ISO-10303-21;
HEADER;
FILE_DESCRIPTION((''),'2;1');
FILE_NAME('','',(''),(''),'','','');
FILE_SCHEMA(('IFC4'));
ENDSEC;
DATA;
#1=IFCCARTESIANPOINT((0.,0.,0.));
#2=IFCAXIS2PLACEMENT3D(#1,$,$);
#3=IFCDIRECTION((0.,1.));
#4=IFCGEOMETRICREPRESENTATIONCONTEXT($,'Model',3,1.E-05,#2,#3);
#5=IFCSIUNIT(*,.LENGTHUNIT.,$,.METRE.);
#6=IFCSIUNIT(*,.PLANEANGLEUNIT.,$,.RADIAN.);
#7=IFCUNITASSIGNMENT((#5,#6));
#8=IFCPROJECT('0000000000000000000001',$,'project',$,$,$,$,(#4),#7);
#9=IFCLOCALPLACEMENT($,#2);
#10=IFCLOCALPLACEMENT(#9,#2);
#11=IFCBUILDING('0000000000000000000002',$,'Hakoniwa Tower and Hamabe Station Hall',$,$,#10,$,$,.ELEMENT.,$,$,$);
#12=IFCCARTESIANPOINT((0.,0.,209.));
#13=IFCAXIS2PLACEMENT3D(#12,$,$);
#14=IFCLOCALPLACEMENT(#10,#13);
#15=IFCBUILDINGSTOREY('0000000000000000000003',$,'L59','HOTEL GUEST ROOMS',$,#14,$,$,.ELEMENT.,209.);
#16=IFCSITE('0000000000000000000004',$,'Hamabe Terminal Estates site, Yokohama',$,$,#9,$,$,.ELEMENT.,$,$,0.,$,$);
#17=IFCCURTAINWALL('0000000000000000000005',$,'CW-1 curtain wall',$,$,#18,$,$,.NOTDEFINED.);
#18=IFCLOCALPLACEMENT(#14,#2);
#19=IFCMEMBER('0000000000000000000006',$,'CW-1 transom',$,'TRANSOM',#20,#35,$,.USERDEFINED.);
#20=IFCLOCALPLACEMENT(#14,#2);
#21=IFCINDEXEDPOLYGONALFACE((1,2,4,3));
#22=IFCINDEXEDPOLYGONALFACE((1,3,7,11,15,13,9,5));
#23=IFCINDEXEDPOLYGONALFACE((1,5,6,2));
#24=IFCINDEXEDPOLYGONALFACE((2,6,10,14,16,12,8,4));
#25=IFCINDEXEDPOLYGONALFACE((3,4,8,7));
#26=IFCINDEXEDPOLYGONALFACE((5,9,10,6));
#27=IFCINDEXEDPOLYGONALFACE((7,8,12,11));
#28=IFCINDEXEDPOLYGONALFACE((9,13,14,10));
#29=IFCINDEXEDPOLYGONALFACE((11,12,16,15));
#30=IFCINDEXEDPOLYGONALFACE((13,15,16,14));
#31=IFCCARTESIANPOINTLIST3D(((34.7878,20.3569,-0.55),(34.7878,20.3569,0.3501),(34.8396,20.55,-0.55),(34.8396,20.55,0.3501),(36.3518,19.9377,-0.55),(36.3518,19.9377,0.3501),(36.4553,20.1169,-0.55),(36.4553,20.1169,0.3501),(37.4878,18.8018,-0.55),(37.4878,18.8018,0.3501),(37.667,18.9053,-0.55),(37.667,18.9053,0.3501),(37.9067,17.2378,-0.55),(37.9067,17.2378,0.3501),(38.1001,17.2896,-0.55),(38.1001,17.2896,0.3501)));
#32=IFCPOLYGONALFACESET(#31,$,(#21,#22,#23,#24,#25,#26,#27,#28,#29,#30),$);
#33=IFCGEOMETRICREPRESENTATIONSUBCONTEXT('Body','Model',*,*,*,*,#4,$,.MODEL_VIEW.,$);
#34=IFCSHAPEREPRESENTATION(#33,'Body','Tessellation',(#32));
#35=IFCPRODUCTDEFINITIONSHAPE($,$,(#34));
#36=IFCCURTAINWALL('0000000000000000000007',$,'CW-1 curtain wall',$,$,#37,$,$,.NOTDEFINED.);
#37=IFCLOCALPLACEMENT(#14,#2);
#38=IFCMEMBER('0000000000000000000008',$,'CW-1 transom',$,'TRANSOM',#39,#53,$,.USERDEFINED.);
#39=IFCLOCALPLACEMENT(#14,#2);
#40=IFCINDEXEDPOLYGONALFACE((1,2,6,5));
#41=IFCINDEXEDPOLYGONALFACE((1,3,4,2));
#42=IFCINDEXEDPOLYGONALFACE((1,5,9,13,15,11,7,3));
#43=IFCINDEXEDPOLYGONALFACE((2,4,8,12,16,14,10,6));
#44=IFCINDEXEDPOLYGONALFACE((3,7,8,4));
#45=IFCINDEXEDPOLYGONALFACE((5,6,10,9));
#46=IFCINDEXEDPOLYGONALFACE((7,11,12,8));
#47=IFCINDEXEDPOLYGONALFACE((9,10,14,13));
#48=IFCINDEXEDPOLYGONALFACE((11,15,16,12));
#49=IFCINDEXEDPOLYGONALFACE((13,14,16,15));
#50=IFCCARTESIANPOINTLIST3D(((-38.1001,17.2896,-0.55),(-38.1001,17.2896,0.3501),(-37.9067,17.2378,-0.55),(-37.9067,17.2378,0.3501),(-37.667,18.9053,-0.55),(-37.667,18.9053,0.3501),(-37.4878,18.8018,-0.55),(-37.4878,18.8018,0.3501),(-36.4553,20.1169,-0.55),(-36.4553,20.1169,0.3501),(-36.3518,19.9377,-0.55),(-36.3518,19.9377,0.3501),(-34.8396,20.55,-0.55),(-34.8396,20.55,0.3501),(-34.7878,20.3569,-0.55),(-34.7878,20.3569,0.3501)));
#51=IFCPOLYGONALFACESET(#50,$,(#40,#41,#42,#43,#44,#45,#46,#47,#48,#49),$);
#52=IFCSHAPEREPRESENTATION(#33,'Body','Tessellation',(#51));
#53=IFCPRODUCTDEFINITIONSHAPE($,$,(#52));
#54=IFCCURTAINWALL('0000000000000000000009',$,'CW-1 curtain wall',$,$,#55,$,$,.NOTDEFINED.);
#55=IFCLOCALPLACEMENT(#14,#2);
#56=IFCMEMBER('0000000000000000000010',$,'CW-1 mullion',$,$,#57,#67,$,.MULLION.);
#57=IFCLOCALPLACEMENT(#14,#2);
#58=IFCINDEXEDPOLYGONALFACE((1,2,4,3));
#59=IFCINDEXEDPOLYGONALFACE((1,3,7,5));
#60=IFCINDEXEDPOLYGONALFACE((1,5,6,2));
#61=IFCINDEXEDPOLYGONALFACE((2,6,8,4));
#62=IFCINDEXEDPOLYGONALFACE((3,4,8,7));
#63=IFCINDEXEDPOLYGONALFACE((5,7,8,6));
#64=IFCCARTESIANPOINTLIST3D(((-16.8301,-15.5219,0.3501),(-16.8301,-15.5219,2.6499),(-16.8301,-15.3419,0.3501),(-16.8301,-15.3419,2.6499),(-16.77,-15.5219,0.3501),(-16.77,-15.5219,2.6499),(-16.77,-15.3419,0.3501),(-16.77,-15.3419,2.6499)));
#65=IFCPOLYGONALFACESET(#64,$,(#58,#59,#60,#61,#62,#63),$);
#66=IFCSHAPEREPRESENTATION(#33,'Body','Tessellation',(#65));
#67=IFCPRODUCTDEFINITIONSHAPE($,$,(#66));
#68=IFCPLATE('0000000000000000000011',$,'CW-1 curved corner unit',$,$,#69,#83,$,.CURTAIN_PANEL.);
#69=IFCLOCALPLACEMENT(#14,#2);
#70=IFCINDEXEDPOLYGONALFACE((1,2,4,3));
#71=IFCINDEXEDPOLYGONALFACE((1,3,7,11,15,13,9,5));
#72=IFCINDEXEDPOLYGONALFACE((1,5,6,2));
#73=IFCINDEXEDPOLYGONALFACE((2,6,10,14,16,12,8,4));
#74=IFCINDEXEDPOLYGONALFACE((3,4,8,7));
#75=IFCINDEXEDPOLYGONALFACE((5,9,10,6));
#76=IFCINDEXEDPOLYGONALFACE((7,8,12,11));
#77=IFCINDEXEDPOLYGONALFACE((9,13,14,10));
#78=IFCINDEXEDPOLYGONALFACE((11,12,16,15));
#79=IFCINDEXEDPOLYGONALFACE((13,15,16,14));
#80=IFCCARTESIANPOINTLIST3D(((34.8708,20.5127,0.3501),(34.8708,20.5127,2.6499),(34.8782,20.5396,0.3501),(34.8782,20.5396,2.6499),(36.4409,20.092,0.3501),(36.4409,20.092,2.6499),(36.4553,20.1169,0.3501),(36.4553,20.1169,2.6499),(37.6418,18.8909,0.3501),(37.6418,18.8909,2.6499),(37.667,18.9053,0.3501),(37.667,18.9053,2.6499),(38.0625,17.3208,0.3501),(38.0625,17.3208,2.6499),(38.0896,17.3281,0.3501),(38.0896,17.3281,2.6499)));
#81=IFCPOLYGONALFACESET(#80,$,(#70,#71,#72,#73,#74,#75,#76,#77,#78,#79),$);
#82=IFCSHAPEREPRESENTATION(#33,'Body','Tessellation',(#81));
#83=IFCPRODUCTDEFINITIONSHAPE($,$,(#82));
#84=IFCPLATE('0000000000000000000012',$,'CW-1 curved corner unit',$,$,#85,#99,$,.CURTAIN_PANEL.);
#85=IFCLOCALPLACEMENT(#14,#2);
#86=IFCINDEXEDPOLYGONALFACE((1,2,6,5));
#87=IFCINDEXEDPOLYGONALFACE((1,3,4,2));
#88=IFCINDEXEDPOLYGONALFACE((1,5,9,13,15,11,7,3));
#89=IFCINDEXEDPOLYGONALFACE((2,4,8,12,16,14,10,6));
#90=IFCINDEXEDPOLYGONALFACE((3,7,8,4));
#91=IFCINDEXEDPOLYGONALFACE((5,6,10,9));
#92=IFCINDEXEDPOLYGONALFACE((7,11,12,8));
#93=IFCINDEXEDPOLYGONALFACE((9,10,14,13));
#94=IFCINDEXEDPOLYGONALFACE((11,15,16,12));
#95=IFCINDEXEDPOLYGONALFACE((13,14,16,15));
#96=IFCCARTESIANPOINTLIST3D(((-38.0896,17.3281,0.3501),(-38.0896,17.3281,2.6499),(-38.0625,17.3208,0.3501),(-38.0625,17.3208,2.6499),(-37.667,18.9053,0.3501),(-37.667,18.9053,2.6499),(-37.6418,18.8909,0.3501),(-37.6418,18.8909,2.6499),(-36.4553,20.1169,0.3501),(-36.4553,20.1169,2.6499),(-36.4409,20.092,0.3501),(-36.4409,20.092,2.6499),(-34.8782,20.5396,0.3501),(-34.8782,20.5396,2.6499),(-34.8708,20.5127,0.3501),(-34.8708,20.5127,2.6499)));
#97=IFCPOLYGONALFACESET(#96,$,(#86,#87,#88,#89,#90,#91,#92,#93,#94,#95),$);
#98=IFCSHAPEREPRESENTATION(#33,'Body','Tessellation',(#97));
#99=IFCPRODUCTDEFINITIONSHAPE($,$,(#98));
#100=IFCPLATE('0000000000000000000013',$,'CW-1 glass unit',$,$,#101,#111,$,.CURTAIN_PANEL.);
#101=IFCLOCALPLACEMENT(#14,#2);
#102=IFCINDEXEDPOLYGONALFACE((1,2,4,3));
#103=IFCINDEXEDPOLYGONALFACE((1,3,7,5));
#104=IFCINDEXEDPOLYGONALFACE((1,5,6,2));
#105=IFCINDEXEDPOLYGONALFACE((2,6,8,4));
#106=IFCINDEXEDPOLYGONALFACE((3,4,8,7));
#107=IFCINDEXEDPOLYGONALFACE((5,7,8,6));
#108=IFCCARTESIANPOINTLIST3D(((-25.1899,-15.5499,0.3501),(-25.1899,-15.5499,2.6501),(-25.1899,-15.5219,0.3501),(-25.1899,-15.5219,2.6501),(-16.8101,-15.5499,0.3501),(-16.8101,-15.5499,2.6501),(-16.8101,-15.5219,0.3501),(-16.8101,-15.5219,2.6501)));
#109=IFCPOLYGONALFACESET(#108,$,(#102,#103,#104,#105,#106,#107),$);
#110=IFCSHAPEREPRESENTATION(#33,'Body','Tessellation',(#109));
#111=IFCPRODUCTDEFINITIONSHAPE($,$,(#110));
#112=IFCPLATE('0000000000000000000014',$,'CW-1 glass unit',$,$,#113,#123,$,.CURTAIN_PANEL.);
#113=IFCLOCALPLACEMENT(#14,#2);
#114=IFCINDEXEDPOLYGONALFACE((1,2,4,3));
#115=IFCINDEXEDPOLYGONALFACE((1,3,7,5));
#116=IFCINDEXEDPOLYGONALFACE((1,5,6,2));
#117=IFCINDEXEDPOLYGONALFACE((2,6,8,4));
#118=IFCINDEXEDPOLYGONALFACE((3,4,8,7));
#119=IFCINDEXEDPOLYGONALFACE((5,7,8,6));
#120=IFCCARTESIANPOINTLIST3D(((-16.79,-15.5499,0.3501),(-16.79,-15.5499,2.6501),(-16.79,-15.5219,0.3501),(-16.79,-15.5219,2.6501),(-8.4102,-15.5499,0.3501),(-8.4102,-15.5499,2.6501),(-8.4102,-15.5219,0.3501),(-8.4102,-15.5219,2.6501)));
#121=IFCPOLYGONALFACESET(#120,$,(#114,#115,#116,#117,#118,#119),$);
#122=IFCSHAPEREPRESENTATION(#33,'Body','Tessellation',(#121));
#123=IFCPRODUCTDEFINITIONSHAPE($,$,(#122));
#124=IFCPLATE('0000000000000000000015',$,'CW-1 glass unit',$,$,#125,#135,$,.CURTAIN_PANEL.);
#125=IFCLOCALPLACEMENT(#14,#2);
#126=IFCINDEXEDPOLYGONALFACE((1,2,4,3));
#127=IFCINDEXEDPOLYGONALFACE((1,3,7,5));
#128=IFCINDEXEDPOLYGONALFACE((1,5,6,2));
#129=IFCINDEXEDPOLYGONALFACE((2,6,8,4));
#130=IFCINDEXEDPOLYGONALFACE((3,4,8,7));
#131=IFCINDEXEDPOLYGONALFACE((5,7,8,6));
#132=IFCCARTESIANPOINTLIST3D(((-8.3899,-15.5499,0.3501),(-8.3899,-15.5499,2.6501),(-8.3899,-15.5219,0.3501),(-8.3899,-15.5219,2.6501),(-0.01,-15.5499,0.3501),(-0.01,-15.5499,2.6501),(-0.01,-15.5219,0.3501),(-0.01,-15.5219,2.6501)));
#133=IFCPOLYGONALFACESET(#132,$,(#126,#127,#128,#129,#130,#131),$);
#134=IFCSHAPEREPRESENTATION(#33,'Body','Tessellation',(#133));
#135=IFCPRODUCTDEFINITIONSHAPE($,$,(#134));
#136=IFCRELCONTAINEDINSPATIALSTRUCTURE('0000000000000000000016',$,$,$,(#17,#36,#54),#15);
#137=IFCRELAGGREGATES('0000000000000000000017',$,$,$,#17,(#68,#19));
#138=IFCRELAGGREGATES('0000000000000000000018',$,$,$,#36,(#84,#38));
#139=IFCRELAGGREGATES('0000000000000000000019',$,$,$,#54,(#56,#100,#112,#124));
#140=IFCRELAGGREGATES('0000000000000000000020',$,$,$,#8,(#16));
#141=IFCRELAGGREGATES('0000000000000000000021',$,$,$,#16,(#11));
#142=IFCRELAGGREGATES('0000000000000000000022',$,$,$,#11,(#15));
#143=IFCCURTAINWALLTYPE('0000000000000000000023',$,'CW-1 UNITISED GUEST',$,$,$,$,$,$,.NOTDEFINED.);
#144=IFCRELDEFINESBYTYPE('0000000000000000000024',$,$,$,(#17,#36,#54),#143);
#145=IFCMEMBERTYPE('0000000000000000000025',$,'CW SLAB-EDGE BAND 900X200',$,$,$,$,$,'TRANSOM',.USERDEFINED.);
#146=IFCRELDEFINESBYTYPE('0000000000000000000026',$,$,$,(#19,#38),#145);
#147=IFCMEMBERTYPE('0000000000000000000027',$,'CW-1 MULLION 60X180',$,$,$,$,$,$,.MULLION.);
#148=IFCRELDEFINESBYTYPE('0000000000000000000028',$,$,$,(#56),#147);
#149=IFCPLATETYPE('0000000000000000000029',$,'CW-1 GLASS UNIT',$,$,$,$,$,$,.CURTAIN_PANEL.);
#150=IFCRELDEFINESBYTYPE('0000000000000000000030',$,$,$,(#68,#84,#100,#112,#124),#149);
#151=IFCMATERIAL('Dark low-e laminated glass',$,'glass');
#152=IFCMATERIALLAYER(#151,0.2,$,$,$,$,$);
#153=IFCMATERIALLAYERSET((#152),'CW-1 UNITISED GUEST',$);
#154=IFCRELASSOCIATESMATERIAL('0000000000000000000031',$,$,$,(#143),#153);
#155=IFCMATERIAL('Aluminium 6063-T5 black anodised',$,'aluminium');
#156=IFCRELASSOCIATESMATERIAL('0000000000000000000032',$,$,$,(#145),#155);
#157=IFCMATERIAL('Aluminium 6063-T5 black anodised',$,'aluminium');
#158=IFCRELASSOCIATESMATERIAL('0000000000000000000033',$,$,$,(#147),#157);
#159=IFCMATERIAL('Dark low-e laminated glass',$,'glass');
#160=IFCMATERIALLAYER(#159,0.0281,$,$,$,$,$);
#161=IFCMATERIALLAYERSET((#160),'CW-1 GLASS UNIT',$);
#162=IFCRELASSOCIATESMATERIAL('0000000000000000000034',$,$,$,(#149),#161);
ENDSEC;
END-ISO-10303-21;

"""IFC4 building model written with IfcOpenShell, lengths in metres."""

from ifc_helpers import new_model, si_unit, direction, frame, origin, origin_2d, place, context, subcontext, project, spatial, polyline, rectangle, outline, extrude, material, layer, layer_set, material_profile, profile_set, type_object, element, aggregate, save


model = new_model("IFC4")

# Units and contexts
model_context = context("Model", 3, precision=1e-05, world=origin(), true_north=direction((0.0, 1.0)))
body_context = subcontext(model_context, "Body", "Model", "MODEL_VIEW")
ifc_project = project(units=[si_unit("LENGTHUNIT", "METRE"), si_unit("PLANEANGLEUNIT", "RADIAN")], contexts=[model_context])

# Site, building, storey
site_placement = place(None, origin())
site = spatial("IfcSite", under=ifc_project, at=site_placement, Name="Hamabe Terminal Estates site, Yokohama", CompositionType="ELEMENT", RefElevation=0.0)
building_placement = place(site_placement, origin())
building = spatial("IfcBuilding", under=site, at=building_placement, Name="Hakoniwa Tower and Hamabe Station Hall", CompositionType="ELEMENT")
storey_placement = place(building_placement, frame((0.0, 0.0, 209.0)))
storey = spatial("IfcBuildingStorey", under=building, at=storey_placement, Name="L59", Description="HOTEL GUEST ROOMS", CompositionType="ELEMENT", Elevation=209.0)

# Curtain walls, members
ifc_material_1 = material(Name="Dark low-e laminated glass", Category="glass")
ifc_layer_1 = layer(ifc_material_1, 0.2)
ifc_layer_set_1 = layer_set([ifc_layer_1], Name="CW-1 UNITISED GUEST")
curtain_wall_type = type_object("IfcCurtainWallType", Name="CW-1 UNITISED GUEST", PredefinedType="NOTDEFINED", material=ifc_layer_set_1)
curtain_wall_1_placement = place(storey_placement, origin())
curtain_wall_1 = element("IfcCurtainWall", 1, at=curtain_wall_1_placement, inside=storey, type_object=curtain_wall_type, Name="CW-1 curtain wall", PredefinedType="NOTDEFINED")
ifc_material_2 = material(Name="Aluminium 6063-T5 black anodised", Category="aluminium")
ifc_material_profile_1 = material_profile(ifc_material_2, rectangle(XDim=0.2, YDim=0.8999, at=origin_2d()), Name="CW SLAB-EDGE BAND 900X200")
ifc_profile_set_1 = profile_set([ifc_material_profile_1], Name="Aluminium 6063-T5 black anodised")
member_type_1 = type_object("IfcMemberType", Name="CW SLAB-EDGE BAND 900X200", ElementType="TRANSOM", PredefinedType="USERDEFINED", material=ifc_profile_set_1)
member_1_placement = place(storey_placement, frame((0.0, 0.0, -0.55)))
member_1 = element("IfcMember", 2, at=member_1_placement, type_object=member_type_1, Name="CW-1 transom", ObjectType="TRANSOM", PredefinedType="USERDEFINED", context=body_context, shape_type="SweptSolid", body=[
    extrude(outline(polyline([(38.1001, 17.2896), (37.667, 18.9053), (36.4553, 20.1169), (34.8396, 20.55), (34.7878, 20.3569), (36.3518, 19.9377), (37.4878, 18.8018), (37.9067, 17.2378), (38.1001, 17.2896)])), origin(), (0.0, 0.0, 1.0), 0.9001),
])
curtain_wall_2_placement = place(storey_placement, origin())
curtain_wall_2 = element("IfcCurtainWall", 3, at=curtain_wall_2_placement, inside=storey, type_object=curtain_wall_type, Name="CW-1 curtain wall", PredefinedType="NOTDEFINED")
member_2_placement = place(storey_placement, frame((0.0, 0.0, -0.55)))
member_2 = element("IfcMember", 4, at=member_2_placement, type_object=member_type_1, Name="CW-1 transom", ObjectType="TRANSOM", PredefinedType="USERDEFINED", context=body_context, shape_type="SweptSolid", body=[
    extrude(outline(polyline([(-34.8396, 20.55), (-36.4553, 20.1169), (-37.667, 18.9053), (-38.1001, 17.2896), (-37.9067, 17.2378), (-37.4878, 18.8018), (-36.3518, 19.9377), (-34.7878, 20.3569), (-34.8396, 20.55)])), origin(), (0.0, 0.0, 1.0), 0.9001),
])
curtain_wall_3_placement = place(storey_placement, origin())
curtain_wall_3 = element("IfcCurtainWall", 5, at=curtain_wall_3_placement, inside=storey, type_object=curtain_wall_type, Name="CW-1 curtain wall", PredefinedType="NOTDEFINED")
ifc_material_3 = material(Name="Aluminium 6063-T5 black anodised", Category="aluminium")
ifc_material_profile_2 = material_profile(ifc_material_3, rectangle(XDim=0.0601, YDim=0.1799, at=origin_2d()), Name="CW-1 MULLION 60X180")
ifc_profile_set_2 = profile_set([ifc_material_profile_2], Name="Aluminium 6063-T5 black anodised")
member_type_2 = type_object("IfcMemberType", Name="CW-1 MULLION 60X180", PredefinedType="MULLION", material=ifc_profile_set_2)
member_3_placement = place(storey_placement, frame((-16.8, -15.4319, 0.3501), z_axis=(0.0, 0.0, 1.0), x_axis=(1.0, 0.0, 0.0)))
member_3 = element("IfcMember", 6, at=member_3_placement, type_object=member_type_2, Name="CW-1 mullion", PredefinedType="MULLION", context=body_context, shape_type="SweptSolid", body=[
    extrude(rectangle(XDim=0.0601, YDim=0.1799, at=origin_2d()), origin(), (0.0, 0.0, 1.0), 2.2998),
])

# Plates
ifc_material_4 = material(Name="Dark low-e laminated glass", Category="glass")
ifc_layer_2 = layer(ifc_material_4, 0.0281)
ifc_layer_set_2 = layer_set([ifc_layer_2], Name="CW-1 GLASS UNIT")
plate_type = type_object("IfcPlateType", Name="CW-1 GLASS UNIT", PredefinedType="CURTAIN_PANEL", material=ifc_layer_set_2)
plate_1_placement = place(storey_placement, frame((0.0, 0.0, 0.3501)))
plate_1 = element("IfcPlate", 7, at=plate_1_placement, type_object=plate_type, Name="CW-1 curved corner unit", PredefinedType="CURTAIN_PANEL", context=body_context, shape_type="SweptSolid", body=[
    extrude(outline(polyline([(38.0896, 17.3281), (37.667, 18.9053), (36.4553, 20.1169), (34.8782, 20.5396), (34.8708, 20.5127), (36.4409, 20.092), (37.6418, 18.8909), (38.0625, 17.3208), (38.0896, 17.3281)])), origin(), (0.0, 0.0, 1.0), 2.2998),
])
aggregate(curtain_wall_1, [plate_1, member_1])
plate_2_placement = place(storey_placement, frame((0.0, 0.0, 0.3501)))
plate_2 = element("IfcPlate", 8, at=plate_2_placement, type_object=plate_type, Name="CW-1 curved corner unit", PredefinedType="CURTAIN_PANEL", context=body_context, shape_type="SweptSolid", body=[
    extrude(outline(polyline([(-34.8782, 20.5396), (-36.4553, 20.1169), (-37.667, 18.9053), (-38.0896, 17.3281), (-38.0625, 17.3208), (-37.6418, 18.8909), (-36.4409, 20.092), (-34.8708, 20.5127), (-34.8782, 20.5396)])), origin(), (0.0, 0.0, 1.0), 2.2998),
])
aggregate(curtain_wall_2, [plate_2, member_2])
plate_3_placement = place(storey_placement, frame((-21.0, -15.5359, 0.3501), z_axis=(0.0, 0.0, 1.0), x_axis=(1.0, 0.0, 0.0)))
plate_3 = element("IfcPlate", 9, at=plate_3_placement, type_object=plate_type, Name="CW-1 glass unit", PredefinedType="CURTAIN_PANEL", context=body_context, shape_type="SweptSolid", body=[
    extrude(rectangle(XDim=8.3799, YDim=0.0281, at=origin_2d()), origin(), (0.0, 0.0, 1.0), 2.3),
])
plate_4_placement = place(storey_placement, frame((-12.6001, -15.5359, 0.3501), z_axis=(0.0, 0.0, 1.0), x_axis=(1.0, 0.0, 0.0)))
plate_4 = element("IfcPlate", 10, at=plate_4_placement, type_object=plate_type, Name="CW-1 glass unit", PredefinedType="CURTAIN_PANEL", context=body_context, shape_type="SweptSolid", body=[
    extrude(rectangle(XDim=8.3799, YDim=0.0281, at=origin_2d()), origin(), (0.0, 0.0, 1.0), 2.3),
])
plate_5_placement = place(storey_placement, frame((-4.2, -15.5359, 0.3501), z_axis=(0.0, 0.0, 1.0), x_axis=(1.0, 0.0, 0.0)))
plate_5 = element("IfcPlate", 11, at=plate_5_placement, type_object=plate_type, Name="CW-1 glass unit", PredefinedType="CURTAIN_PANEL", context=body_context, shape_type="SweptSolid", body=[
    extrude(rectangle(XDim=8.3799, YDim=0.0281, at=origin_2d()), origin(), (0.0, 0.0, 1.0), 2.3),
])
aggregate(curtain_wall_3, [member_3, plate_3, plate_4, plate_5])

save(model, "model.ifc")
